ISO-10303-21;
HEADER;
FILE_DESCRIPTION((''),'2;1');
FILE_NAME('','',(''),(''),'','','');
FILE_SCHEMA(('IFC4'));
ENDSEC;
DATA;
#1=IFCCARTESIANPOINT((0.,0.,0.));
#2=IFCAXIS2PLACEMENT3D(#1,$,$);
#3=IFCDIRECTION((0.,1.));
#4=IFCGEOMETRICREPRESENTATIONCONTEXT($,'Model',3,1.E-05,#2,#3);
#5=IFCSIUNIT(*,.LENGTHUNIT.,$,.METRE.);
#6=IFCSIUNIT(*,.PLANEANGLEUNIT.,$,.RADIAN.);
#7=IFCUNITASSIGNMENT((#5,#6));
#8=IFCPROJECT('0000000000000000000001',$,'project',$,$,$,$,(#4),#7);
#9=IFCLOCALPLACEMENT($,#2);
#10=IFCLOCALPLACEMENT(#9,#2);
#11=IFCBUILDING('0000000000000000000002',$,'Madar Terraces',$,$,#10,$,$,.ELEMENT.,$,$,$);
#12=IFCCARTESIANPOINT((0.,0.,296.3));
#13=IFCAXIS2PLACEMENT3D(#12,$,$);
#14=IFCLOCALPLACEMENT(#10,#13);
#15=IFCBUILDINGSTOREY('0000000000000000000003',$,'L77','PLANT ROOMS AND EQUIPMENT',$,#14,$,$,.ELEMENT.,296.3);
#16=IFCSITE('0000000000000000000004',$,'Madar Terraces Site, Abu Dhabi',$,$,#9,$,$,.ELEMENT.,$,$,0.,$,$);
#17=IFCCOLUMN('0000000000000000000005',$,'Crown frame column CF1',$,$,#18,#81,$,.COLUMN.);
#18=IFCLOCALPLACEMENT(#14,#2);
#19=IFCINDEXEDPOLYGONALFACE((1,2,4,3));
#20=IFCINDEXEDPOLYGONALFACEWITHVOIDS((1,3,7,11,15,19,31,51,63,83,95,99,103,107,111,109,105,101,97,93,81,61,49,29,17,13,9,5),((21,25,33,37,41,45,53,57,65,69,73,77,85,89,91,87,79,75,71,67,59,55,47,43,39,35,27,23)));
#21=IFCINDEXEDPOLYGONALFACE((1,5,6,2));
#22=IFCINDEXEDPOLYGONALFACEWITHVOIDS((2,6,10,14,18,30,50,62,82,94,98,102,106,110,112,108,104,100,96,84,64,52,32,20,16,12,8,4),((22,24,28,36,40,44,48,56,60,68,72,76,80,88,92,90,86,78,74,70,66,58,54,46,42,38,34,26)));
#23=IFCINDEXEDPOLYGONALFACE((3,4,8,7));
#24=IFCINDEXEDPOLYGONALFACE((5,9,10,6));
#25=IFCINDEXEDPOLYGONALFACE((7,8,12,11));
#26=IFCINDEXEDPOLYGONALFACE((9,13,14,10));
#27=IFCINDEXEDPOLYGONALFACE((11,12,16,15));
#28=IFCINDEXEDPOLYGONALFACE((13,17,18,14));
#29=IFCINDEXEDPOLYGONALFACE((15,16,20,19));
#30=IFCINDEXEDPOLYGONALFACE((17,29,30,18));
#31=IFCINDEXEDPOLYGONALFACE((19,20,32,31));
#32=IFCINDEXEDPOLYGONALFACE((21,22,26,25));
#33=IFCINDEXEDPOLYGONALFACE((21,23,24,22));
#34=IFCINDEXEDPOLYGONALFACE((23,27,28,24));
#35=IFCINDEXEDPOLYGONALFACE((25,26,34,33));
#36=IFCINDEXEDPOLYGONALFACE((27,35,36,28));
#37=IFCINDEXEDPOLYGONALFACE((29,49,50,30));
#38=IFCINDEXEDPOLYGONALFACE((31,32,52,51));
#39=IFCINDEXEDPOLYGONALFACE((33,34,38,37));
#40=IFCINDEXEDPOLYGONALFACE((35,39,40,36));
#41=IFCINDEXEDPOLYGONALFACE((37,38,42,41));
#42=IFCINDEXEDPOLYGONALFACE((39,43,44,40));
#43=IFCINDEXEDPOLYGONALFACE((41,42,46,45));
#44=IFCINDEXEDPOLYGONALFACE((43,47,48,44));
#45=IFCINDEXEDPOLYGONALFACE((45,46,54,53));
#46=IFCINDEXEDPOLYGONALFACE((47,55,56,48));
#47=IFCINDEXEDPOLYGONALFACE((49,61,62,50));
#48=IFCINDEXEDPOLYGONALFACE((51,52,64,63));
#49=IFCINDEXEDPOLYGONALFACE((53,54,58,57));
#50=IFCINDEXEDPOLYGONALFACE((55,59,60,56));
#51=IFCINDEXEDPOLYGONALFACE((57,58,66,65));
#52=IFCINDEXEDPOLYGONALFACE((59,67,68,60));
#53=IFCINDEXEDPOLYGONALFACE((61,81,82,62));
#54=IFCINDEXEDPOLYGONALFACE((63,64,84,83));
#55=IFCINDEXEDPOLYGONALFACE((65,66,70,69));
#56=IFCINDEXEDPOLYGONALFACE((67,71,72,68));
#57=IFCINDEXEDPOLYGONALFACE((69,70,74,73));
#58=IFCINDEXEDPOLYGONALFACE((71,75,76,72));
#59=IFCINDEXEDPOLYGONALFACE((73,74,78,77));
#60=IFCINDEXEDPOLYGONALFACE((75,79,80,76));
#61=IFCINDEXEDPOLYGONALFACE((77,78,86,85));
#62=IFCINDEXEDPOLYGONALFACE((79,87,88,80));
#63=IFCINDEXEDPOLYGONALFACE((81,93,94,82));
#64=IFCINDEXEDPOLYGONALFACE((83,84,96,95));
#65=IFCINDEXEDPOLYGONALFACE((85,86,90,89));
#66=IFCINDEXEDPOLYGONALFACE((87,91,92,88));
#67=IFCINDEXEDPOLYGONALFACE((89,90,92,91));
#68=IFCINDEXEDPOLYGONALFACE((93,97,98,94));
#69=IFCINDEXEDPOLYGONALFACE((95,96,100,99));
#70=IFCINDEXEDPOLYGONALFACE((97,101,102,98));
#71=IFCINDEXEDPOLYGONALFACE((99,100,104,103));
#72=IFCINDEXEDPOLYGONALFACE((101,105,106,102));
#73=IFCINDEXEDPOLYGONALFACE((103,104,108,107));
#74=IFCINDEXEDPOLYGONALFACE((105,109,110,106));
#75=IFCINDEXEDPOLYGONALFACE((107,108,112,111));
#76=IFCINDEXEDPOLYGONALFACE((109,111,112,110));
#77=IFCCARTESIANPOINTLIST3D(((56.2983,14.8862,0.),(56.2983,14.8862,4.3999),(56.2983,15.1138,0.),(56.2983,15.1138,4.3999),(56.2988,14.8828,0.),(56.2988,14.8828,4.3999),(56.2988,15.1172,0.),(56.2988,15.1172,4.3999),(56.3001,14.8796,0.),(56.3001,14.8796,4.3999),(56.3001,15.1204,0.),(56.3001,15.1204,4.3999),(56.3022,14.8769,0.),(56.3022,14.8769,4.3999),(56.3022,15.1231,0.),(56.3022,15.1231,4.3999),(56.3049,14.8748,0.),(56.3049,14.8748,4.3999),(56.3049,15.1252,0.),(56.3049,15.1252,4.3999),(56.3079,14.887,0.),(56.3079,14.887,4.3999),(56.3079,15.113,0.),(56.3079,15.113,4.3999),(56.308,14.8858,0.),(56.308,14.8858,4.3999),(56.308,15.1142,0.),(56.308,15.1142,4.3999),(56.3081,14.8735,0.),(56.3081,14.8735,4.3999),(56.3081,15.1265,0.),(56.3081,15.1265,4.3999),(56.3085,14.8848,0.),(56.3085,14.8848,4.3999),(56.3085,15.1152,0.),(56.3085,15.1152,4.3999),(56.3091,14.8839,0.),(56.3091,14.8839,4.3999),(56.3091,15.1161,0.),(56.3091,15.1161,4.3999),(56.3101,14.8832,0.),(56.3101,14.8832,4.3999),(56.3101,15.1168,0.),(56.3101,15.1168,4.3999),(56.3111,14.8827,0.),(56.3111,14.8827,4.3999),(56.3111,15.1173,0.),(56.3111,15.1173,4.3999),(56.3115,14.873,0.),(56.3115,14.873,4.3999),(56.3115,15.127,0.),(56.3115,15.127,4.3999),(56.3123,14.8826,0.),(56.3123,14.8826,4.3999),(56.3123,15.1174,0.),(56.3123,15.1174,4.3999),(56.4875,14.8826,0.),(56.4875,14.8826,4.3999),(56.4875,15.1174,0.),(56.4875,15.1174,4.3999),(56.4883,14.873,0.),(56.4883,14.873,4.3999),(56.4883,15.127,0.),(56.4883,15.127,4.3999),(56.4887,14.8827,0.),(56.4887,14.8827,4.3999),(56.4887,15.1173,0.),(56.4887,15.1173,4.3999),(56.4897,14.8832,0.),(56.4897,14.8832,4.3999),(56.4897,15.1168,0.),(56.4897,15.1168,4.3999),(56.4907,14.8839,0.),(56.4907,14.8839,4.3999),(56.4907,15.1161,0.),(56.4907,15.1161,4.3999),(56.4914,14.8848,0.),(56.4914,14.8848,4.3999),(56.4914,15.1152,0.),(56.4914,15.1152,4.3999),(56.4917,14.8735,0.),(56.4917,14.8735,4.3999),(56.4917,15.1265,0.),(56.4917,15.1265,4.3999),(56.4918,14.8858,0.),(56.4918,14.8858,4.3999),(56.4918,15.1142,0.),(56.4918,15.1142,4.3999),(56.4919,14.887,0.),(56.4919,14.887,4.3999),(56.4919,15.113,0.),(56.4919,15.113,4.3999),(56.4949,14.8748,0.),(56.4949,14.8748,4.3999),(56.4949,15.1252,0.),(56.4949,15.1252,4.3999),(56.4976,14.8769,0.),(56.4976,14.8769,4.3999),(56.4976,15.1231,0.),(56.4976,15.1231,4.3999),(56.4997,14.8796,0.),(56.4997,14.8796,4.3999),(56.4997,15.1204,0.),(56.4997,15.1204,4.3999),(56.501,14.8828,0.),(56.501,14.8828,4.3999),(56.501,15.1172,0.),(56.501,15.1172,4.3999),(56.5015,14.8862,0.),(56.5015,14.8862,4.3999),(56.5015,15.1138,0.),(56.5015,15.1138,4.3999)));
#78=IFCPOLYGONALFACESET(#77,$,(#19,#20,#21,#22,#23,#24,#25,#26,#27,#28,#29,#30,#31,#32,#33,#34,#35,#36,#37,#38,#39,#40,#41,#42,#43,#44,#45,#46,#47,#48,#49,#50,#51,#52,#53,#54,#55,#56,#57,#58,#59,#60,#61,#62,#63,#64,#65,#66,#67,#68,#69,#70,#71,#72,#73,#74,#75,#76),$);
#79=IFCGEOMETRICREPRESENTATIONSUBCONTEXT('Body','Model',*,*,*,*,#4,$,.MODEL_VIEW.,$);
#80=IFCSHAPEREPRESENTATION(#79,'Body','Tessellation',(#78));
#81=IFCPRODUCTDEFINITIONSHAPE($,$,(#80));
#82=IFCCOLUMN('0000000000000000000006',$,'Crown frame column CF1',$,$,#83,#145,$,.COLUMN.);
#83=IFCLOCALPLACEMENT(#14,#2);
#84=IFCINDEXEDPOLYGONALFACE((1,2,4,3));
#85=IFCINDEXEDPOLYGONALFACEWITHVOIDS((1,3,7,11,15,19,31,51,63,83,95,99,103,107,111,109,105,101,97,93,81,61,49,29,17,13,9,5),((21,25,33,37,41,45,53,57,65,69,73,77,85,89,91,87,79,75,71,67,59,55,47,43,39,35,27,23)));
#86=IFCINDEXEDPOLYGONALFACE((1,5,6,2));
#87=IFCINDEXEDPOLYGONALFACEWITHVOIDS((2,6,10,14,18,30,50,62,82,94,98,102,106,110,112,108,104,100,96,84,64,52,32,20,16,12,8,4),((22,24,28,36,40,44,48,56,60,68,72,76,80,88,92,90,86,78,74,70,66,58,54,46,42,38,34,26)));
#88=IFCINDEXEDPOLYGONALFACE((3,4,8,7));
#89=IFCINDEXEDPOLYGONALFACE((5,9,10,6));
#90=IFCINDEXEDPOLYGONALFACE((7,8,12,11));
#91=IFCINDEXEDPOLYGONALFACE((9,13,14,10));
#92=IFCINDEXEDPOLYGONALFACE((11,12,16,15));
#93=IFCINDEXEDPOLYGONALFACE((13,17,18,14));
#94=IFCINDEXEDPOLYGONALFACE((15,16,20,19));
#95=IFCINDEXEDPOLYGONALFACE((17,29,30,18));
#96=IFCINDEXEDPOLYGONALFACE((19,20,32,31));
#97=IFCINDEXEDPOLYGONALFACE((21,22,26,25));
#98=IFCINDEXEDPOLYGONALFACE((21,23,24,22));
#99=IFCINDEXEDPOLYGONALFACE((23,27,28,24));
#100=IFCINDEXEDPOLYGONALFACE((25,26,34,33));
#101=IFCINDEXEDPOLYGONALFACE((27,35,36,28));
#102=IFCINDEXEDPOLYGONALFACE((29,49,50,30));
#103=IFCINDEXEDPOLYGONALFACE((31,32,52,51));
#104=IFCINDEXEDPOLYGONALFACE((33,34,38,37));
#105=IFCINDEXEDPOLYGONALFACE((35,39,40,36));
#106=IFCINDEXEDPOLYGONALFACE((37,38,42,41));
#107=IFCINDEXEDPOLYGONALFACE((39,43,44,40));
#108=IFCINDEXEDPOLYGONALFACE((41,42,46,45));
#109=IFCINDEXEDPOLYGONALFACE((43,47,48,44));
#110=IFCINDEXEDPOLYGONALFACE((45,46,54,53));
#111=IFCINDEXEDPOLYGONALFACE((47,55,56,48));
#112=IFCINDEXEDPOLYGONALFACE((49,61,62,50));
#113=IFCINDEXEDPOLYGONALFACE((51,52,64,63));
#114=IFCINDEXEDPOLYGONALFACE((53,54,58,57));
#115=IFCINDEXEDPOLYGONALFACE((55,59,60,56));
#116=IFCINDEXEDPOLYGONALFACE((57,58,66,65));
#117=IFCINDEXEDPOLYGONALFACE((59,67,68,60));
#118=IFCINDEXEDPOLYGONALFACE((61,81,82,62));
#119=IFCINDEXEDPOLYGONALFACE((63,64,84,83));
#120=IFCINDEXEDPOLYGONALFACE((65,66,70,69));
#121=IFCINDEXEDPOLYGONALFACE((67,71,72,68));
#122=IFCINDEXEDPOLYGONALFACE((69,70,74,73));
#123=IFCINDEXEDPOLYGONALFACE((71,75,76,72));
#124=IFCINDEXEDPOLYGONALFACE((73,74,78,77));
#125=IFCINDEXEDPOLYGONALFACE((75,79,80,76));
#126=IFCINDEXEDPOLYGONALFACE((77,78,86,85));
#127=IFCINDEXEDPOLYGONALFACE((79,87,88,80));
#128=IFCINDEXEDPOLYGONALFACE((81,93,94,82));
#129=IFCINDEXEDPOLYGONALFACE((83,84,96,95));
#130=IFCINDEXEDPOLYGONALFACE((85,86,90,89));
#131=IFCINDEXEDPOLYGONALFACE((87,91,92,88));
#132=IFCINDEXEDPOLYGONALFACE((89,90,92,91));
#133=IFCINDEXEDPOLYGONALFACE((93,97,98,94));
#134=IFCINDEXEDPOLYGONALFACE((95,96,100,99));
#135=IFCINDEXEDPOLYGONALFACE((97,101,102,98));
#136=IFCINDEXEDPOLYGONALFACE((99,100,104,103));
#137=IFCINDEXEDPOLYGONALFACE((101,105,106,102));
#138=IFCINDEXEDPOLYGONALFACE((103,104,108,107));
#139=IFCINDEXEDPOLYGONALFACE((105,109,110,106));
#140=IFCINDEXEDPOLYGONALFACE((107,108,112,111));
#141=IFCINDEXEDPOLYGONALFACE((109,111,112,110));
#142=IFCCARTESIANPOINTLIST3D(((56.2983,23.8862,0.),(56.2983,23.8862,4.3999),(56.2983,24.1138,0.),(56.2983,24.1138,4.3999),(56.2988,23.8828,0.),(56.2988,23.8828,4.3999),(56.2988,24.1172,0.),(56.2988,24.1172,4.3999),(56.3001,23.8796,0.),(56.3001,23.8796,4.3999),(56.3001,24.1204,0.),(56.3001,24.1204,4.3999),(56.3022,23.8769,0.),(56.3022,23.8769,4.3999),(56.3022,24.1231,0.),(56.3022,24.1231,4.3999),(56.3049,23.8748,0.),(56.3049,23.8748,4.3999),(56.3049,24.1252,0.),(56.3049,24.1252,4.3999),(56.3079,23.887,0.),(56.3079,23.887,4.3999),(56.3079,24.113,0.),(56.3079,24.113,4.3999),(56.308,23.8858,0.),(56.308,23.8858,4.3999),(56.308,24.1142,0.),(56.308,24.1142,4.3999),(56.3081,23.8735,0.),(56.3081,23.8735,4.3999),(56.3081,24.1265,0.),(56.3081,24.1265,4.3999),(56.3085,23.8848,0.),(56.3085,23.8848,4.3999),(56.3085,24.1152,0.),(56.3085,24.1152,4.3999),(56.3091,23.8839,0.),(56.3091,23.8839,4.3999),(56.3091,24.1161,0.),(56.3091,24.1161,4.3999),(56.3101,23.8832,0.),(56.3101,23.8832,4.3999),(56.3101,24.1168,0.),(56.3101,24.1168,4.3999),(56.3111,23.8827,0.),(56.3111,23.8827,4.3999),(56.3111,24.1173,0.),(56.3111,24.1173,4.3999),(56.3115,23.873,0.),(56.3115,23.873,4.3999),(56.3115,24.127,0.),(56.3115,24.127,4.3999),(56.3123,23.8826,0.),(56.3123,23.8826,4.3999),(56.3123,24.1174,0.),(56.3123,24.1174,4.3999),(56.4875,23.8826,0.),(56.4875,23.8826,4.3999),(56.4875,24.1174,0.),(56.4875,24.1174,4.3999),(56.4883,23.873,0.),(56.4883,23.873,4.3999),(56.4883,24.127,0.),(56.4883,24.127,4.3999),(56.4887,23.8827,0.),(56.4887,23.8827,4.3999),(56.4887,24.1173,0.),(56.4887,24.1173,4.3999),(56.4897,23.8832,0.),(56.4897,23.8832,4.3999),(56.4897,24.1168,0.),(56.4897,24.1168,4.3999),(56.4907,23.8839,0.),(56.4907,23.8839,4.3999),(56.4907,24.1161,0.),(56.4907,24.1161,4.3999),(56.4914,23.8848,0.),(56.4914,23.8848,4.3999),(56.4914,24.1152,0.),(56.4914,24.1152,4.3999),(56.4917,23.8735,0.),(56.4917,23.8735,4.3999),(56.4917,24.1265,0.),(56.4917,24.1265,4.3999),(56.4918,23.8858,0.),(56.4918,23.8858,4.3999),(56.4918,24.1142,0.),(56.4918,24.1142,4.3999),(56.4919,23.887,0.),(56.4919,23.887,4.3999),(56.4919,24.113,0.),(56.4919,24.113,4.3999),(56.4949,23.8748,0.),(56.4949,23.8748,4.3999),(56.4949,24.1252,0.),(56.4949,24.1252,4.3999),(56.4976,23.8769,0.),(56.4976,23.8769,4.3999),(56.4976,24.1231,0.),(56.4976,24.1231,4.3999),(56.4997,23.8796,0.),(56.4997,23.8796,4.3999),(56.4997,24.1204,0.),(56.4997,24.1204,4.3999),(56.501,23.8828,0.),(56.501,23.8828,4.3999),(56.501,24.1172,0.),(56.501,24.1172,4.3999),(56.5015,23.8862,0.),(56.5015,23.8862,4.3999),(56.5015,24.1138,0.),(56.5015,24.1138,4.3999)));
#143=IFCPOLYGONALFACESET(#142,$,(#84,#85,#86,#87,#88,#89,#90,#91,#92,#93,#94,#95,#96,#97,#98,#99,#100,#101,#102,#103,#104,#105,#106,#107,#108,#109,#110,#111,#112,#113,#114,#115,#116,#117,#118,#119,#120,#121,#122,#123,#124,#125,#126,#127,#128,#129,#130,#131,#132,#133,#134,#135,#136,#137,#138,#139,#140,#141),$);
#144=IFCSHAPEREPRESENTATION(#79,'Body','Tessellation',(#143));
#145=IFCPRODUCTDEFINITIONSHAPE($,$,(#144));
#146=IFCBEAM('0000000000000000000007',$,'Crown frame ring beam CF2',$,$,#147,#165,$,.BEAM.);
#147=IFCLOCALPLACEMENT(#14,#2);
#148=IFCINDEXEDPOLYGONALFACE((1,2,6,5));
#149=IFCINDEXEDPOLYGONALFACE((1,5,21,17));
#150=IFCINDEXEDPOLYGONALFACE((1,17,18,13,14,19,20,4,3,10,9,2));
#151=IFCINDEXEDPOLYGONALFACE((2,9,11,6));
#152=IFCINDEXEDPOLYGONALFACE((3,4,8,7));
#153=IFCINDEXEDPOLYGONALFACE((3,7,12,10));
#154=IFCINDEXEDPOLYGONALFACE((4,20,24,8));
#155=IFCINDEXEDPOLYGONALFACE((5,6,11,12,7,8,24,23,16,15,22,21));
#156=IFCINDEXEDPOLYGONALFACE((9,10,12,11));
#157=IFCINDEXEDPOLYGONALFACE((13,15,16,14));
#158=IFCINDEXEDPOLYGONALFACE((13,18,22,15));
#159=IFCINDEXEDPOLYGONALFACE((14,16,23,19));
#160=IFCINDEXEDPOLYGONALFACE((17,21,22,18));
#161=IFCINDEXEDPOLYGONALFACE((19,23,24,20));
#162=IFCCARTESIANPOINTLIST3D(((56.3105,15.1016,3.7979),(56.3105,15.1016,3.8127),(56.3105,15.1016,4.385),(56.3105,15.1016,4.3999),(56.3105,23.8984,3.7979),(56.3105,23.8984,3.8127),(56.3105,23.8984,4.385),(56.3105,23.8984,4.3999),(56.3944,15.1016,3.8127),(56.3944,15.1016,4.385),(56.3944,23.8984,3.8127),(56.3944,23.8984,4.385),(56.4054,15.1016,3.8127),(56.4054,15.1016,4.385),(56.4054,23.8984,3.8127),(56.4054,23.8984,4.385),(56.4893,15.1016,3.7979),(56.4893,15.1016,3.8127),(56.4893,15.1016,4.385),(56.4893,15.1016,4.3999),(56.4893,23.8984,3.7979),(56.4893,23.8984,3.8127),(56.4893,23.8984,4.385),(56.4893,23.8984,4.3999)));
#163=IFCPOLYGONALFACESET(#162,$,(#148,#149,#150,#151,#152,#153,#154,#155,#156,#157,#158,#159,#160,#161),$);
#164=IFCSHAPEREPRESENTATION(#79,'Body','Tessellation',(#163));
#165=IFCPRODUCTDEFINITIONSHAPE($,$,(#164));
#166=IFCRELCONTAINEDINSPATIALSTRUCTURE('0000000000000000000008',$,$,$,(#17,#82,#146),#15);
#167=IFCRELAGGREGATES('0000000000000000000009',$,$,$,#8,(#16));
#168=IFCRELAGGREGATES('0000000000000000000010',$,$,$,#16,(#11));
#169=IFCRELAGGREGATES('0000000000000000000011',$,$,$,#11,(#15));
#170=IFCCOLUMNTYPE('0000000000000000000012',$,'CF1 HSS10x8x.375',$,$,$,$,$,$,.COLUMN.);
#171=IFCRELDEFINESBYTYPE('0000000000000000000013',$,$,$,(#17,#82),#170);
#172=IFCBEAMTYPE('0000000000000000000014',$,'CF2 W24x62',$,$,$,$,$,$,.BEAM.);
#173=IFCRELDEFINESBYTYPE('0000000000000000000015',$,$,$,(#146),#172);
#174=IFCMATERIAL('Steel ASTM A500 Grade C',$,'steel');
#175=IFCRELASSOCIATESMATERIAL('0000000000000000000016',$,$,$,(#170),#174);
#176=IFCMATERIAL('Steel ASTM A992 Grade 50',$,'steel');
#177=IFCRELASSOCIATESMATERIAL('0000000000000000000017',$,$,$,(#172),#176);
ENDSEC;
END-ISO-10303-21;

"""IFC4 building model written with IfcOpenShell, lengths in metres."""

from ifc_helpers import new_model, si_unit, direction, frame, origin, origin_2d, place, context, subcontext, project, spatial, hollow_rectangle, i_section, extrude, material, material_profile, profile_set, type_object, element, save


model = new_model("IFC4")

# Units and contexts
model_context = context("Model", 3, precision=1e-05, world=origin(), true_north=direction((0.0, 1.0)))
body_context = subcontext(model_context, "Body", "Model", "MODEL_VIEW")
ifc_project = project(units=[si_unit("LENGTHUNIT", "METRE"), si_unit("PLANEANGLEUNIT", "RADIAN")], contexts=[model_context])

# Site, building, storey
site_placement = place(None, origin())
site = spatial("IfcSite", under=ifc_project, at=site_placement, Name="Madar Terraces Site, Abu Dhabi", CompositionType="ELEMENT", RefElevation=0.0)
building_placement = place(site_placement, origin())
building = spatial("IfcBuilding", under=site, at=building_placement, Name="Madar Terraces", CompositionType="ELEMENT")
storey_placement = place(building_placement, frame((0.0, 0.0, 296.3)))
storey = spatial("IfcBuildingStorey", under=building, at=storey_placement, Name="L77", Description="PLANT ROOMS AND EQUIPMENT", CompositionType="ELEMENT", Elevation=296.3)

# Columns
ifc_material_1 = material(Name="Steel ASTM A500 Grade C", Category="steel")
ifc_material_profile_1 = material_profile(ifc_material_1, hollow_rectangle(XDim=0.2031, YDim=0.2539, WallThickness=0.0095, InnerFilletRadius=0.0044, OuterFilletRadius=0.0132, at=origin_2d()), Name="HSS10x8x.375")
ifc_profile_set_1 = profile_set([ifc_material_profile_1], Name="Steel ASTM A500 Grade C")
column_type = type_object("IfcColumnType", Name="CF1 HSS10x8x.375", PredefinedType="COLUMN", material=ifc_profile_set_1)
for number, where, z_axis, x_axis, name in (
    (1, (56.3999, 15.0, 0.0), (0.0, 0.0, 1.0), (1.0, 0.0, 0.0), "Crown frame column CF1"),
    (2, (56.3999, 24.0, 0.0), (0.0, 0.0, 1.0), (1.0, 0.0, 0.0), "Crown frame column CF1"),
):
    element("IfcColumn", number, at=place(storey_placement, frame(where, z_axis=z_axis, x_axis=x_axis)), inside=storey, type_object=column_type, Name=name, PredefinedType="COLUMN", context=body_context, shape_type="SweptSolid", body=[
        extrude(hollow_rectangle(XDim=0.2031, YDim=0.2539, WallThickness=0.0095, InnerFilletRadius=0.0044, OuterFilletRadius=0.0132, at=origin_2d()), origin(), (0.0, 0.0, 1.0), 4.3999),
    ])

# Beam
ifc_material_2 = material(Name="Steel ASTM A992 Grade 50", Category="steel")
ifc_material_profile_2 = material_profile(ifc_material_2, i_section(OverallWidth=0.1787, OverallDepth=0.6021, WebThickness=0.011, FlangeThickness=0.0149, at=origin_2d()), Name="W24x62")
ifc_profile_set_2 = profile_set([ifc_material_profile_2], Name="Steel ASTM A992 Grade 50")
beam_type = type_object("IfcBeamType", Name="CF2 W24x62", PredefinedType="BEAM", material=ifc_profile_set_2)
beam_placement = place(storey_placement, frame((56.3999, 15.1016, 4.0989), z_axis=(0.0, 1.0, 0.0), x_axis=(-1.0, 0.0, 0.0)))
element("IfcBeam", 3, at=beam_placement, inside=storey, type_object=beam_type, Name="Crown frame ring beam CF2", PredefinedType="BEAM", context=body_context, shape_type="SweptSolid", body=[
    extrude(i_section(OverallWidth=0.1787, OverallDepth=0.6021, WebThickness=0.011, FlangeThickness=0.0149, at=origin_2d()), origin(), (0.0, 0.0, 1.0), 8.7969),
])

save(model, "model.ifc")
